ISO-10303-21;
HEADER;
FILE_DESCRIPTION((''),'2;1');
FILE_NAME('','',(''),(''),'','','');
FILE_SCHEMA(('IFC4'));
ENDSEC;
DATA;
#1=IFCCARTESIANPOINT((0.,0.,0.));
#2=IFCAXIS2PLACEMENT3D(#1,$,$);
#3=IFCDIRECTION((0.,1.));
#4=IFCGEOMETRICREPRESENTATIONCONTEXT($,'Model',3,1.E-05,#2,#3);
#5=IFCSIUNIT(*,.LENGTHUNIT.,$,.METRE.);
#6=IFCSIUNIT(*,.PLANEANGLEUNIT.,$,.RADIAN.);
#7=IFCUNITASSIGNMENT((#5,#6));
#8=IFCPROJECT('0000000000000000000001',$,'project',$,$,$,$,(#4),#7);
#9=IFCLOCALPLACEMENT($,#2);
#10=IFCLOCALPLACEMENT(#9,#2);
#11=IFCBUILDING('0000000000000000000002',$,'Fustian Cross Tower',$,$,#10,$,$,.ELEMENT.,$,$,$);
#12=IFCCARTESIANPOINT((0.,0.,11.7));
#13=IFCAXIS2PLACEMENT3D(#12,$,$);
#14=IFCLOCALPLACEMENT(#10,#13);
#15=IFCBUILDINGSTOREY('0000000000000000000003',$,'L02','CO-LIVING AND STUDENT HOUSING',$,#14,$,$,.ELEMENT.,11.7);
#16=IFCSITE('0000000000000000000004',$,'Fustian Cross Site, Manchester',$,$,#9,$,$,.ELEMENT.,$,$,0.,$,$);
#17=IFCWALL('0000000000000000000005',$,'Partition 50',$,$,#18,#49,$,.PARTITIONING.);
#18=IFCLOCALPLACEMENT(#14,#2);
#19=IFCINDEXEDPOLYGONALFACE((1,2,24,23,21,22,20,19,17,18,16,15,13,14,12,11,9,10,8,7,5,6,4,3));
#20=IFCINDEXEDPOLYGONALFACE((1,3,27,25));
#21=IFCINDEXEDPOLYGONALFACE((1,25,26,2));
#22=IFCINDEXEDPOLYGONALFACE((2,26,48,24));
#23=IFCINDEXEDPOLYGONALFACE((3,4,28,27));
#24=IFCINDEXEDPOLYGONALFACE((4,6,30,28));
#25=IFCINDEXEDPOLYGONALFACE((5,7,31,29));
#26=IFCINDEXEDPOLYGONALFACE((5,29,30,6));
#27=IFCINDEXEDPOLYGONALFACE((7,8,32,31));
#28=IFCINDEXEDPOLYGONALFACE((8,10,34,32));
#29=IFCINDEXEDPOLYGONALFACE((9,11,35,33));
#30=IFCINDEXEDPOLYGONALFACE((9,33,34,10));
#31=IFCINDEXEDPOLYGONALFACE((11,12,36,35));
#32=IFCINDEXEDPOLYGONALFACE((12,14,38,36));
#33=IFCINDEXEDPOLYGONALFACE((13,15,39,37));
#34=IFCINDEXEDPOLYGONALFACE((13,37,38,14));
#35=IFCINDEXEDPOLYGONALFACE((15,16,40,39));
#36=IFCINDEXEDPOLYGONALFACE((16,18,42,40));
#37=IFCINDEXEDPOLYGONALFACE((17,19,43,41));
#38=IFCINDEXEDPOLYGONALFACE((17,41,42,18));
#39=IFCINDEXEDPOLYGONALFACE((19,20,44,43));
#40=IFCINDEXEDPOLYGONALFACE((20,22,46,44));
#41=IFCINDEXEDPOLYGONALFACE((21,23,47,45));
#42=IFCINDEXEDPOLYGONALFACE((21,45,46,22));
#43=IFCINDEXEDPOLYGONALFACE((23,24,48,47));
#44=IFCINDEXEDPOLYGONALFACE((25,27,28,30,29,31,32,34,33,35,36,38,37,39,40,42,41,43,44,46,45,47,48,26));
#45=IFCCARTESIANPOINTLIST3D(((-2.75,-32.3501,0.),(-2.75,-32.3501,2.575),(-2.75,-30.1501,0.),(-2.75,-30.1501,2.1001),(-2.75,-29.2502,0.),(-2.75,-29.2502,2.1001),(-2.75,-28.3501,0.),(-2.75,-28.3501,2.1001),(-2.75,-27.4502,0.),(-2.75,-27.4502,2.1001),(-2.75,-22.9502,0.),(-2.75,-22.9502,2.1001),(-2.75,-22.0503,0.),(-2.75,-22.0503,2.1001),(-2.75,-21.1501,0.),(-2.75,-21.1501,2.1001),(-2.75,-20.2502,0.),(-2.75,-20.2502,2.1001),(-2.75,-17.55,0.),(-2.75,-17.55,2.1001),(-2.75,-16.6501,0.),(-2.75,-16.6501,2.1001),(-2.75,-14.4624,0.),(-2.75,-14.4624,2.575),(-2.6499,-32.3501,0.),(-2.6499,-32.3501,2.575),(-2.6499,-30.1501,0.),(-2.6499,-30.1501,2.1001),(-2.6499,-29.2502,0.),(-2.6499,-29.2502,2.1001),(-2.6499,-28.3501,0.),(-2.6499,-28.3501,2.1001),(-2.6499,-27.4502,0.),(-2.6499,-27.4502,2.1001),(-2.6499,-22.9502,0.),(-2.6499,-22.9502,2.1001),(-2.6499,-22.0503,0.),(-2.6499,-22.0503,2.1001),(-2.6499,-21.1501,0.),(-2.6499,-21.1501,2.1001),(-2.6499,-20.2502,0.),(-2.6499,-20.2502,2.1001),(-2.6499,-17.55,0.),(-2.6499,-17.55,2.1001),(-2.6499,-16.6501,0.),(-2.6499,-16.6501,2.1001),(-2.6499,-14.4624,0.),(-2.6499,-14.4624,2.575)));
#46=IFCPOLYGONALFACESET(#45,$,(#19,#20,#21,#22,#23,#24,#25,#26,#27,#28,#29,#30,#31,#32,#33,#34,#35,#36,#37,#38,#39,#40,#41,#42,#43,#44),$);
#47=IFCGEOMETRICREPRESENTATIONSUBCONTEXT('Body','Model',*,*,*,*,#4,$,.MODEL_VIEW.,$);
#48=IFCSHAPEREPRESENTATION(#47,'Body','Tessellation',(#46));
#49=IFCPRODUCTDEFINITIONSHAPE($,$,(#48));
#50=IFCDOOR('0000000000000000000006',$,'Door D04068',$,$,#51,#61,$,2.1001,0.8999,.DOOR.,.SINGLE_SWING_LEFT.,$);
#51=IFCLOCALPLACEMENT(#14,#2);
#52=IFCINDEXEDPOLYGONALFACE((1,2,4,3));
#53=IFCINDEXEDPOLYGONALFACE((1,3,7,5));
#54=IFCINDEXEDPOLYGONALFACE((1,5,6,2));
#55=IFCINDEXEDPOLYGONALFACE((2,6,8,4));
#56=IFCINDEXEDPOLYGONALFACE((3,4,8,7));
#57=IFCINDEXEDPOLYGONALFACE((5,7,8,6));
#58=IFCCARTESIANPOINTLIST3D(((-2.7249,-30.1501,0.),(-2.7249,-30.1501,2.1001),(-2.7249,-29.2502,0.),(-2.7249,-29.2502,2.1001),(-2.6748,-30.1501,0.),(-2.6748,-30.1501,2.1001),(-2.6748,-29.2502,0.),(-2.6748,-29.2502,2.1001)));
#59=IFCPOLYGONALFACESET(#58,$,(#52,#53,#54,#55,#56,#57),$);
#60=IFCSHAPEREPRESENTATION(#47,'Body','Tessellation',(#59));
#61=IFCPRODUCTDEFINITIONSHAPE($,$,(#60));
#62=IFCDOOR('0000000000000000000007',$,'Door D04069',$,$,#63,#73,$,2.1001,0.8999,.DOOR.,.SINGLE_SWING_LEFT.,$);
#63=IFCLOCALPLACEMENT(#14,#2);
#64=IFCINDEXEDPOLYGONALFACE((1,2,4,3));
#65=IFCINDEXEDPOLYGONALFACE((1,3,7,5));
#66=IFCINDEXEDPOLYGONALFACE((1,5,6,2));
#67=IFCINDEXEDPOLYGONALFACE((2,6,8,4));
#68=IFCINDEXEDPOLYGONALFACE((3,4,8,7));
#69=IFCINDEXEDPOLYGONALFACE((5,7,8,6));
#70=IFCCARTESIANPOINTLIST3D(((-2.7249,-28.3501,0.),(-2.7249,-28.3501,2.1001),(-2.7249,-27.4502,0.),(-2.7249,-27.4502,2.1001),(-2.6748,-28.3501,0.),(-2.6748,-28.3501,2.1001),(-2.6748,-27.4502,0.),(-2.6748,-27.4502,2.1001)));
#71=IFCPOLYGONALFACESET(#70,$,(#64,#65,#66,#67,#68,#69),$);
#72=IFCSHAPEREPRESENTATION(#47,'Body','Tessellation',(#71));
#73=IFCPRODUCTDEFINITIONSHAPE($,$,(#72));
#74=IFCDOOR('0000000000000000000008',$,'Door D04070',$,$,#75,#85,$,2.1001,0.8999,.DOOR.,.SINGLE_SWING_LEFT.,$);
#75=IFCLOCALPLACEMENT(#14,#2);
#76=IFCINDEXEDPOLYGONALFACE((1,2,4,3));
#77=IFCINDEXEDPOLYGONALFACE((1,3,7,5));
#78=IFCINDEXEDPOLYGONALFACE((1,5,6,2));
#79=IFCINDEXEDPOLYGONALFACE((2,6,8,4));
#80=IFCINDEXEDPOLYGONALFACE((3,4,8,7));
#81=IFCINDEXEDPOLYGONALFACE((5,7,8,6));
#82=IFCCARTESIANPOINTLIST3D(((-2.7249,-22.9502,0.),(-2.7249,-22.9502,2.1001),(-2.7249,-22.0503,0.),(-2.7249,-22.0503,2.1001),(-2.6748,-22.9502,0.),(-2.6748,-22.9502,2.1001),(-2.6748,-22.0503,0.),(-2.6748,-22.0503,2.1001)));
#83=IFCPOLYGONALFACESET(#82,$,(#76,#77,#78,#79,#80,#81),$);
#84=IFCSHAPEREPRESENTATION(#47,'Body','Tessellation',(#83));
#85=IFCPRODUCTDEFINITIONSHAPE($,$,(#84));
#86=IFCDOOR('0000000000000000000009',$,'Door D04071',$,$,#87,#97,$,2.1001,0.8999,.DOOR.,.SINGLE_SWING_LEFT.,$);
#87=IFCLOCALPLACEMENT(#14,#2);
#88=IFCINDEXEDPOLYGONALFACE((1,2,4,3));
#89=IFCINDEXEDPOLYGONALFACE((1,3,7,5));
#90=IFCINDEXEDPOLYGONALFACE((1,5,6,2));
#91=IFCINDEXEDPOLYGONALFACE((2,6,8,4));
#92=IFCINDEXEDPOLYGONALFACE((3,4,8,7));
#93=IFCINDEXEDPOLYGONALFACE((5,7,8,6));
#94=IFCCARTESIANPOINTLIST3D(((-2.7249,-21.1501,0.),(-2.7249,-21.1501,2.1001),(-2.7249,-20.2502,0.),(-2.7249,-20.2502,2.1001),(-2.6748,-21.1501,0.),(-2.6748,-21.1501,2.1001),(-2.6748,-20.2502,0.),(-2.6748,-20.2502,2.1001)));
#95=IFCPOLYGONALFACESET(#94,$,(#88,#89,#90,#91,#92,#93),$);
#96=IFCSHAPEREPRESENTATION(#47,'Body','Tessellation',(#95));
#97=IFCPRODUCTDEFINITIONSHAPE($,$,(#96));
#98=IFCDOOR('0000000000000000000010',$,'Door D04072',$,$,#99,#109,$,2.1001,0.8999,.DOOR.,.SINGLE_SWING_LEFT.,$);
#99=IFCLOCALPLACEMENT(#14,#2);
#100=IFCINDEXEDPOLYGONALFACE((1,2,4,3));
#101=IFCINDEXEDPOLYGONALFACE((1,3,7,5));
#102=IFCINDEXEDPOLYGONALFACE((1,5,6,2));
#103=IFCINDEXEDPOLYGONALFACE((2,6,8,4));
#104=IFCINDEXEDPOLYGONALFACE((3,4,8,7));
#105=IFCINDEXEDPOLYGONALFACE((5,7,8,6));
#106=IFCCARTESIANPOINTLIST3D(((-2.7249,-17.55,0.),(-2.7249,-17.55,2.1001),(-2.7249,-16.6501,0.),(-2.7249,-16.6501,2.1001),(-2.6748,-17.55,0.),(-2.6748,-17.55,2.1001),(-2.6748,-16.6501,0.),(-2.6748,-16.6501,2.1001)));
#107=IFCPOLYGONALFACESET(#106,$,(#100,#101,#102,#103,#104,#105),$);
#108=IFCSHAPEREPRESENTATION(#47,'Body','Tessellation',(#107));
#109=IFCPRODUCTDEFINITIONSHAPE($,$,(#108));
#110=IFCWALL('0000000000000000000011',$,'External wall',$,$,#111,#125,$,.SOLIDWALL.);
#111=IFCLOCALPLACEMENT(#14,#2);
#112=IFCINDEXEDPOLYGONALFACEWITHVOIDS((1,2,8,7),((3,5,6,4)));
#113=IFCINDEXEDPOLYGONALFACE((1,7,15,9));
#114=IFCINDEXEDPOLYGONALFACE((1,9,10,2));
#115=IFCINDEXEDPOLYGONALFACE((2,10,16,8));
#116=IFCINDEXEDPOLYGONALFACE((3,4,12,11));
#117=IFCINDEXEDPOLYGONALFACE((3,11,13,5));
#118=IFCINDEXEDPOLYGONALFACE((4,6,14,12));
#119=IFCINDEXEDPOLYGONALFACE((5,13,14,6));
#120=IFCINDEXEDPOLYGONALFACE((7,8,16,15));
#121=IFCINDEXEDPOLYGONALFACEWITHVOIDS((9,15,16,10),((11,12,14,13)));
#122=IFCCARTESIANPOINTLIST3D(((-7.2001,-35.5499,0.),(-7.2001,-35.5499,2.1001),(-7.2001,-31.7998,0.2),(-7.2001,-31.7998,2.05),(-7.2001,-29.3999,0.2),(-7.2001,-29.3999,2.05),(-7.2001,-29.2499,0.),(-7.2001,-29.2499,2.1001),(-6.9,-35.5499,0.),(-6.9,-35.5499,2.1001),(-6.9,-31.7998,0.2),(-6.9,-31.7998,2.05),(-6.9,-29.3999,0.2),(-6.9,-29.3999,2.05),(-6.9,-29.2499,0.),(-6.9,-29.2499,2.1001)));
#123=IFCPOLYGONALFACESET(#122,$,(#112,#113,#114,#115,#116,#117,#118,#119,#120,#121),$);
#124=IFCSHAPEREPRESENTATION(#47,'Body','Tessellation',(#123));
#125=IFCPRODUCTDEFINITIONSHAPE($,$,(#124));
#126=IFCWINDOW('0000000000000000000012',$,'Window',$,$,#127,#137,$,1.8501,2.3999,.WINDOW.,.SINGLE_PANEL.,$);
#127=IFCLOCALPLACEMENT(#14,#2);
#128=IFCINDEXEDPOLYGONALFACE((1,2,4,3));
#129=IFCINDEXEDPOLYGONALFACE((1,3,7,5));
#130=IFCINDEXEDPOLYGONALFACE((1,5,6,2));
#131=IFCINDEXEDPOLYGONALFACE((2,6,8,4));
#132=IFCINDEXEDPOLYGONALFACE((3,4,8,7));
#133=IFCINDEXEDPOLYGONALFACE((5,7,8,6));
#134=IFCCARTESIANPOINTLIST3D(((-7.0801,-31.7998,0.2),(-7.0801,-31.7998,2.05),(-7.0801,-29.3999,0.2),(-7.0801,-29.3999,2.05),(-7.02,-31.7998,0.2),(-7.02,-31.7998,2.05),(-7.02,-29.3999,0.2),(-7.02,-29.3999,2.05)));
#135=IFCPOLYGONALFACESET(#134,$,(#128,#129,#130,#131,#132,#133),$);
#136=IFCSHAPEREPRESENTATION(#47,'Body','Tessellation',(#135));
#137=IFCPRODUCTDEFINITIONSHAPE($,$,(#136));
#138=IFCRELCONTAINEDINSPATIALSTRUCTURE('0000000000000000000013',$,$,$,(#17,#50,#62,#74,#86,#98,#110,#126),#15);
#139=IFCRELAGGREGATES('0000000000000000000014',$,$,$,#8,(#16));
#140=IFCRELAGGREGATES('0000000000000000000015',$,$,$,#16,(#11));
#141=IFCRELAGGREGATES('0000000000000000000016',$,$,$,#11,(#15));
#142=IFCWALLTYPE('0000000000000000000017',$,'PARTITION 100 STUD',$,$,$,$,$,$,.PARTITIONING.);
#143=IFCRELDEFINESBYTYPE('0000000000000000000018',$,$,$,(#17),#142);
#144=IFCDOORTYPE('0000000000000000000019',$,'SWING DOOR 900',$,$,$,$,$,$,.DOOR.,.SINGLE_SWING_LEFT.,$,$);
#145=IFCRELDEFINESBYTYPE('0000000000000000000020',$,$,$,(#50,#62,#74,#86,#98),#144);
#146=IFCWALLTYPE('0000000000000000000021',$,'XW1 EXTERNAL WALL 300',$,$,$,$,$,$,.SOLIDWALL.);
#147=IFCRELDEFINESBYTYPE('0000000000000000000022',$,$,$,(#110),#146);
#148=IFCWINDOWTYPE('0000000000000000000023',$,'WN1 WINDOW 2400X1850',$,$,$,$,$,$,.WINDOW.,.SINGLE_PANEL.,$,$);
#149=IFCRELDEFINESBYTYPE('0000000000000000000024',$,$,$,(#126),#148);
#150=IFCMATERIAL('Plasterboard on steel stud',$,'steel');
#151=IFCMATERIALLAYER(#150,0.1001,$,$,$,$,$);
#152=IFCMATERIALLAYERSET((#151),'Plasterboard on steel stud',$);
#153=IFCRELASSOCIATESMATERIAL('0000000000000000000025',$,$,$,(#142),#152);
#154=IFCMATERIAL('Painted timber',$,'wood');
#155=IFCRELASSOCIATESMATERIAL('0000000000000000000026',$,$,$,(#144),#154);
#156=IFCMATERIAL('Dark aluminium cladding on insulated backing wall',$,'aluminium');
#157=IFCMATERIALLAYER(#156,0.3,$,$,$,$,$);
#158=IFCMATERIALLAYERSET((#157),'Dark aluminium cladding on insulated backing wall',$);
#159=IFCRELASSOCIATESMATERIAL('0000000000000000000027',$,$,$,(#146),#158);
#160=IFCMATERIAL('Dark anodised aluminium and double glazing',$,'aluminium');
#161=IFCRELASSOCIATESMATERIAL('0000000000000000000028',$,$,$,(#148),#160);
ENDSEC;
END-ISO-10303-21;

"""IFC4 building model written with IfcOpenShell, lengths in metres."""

from ifc_helpers import new_model, si_unit, direction, frame, frame_2d, origin, place, context, subcontext, project, spatial, rectangle, extrude, material, layer, layer_set, type_object, element, fill, save


model = new_model("IFC4")

# Units and contexts
model_context = context("Model", 3, precision=1e-05, world=origin(), true_north=direction((0.0, 1.0)))
body_context = subcontext(model_context, "Body", "Model", "MODEL_VIEW")
ifc_project = project(units=[si_unit("LENGTHUNIT", "METRE"), si_unit("PLANEANGLEUNIT", "RADIAN")], contexts=[model_context])

# Site, building, storey
site_placement = place(None, origin())
site = spatial("IfcSite", under=ifc_project, at=site_placement, Name="Fustian Cross Site, Manchester", CompositionType="ELEMENT", RefElevation=0.0)
building_placement = place(site_placement, origin())
building = spatial("IfcBuilding", under=site, at=building_placement, Name="Fustian Cross Tower", CompositionType="ELEMENT")
storey_placement = place(building_placement, frame((0.0, 0.0, 11.7)))
storey = spatial("IfcBuildingStorey", under=building, at=storey_placement, Name="L02", Description="CO-LIVING AND STUDENT HOUSING", CompositionType="ELEMENT", Elevation=11.7)

# Shared definitions
ifc_material_1 = material(Name="Plasterboard on steel stud", Category="steel")
ifc_layer_1 = layer(ifc_material_1, 0.1001)
ifc_layer_set_1 = layer_set([ifc_layer_1], Name="Plasterboard on steel stud")
wall_type_1 = type_object("IfcWallType", Name="PARTITION 100 STUD", PredefinedType="PARTITIONING", material=ifc_layer_set_1)

# Shared definitions
ifc_material_2 = material(Name="Painted timber", Category="wood")
door_type_1 = type_object("IfcDoorType", Name="SWING DOOR 900", OperationType="SINGLE_SWING_LEFT", PredefinedType="DOOR", material=ifc_material_2)

# Wall, openings, doors
wall_1_placement = place(storey_placement, frame((-2.7, -32.3501, 0.0), z_axis=(0.0, 0.0, 1.0), x_axis=(0.0, 1.0, 0.0)))
wall_1 = element("IfcWall", 1, at=wall_1_placement, inside=storey, type_object=wall_type_1, Name="Partition 50", PredefinedType="PARTITIONING", context=body_context, shape_type="SweptSolid", body=[
    extrude(rectangle(XDim=17.8877, YDim=0.1001, at=frame_2d((8.9438, 0.0))), origin(), (0.0, 0.0, 1.0), 2.575),
])
opening_1_placement = place(wall_1_placement, frame((2.2, 0.0, 0.0)))
opening_1 = element("IfcOpeningElement", 2, at=opening_1_placement, cuts=wall_1, PredefinedType="OPENING", context=body_context, shape_type="SweptSolid", body=[
    extrude(rectangle(XDim=0.8999, YDim=2.1001, at=frame_2d((0.45, 1.05))), frame((0.0, 0.0601, 0.0), z_axis=(0.0, -1.0, 0.0), x_axis=(1.0, 0.0, 0.0)), (0.0, 0.0, 1.0), 0.1201),
])
opening_2_placement = place(wall_1_placement, frame((4.0, 0.0, 0.0)))
opening_2 = element("IfcOpeningElement", 3, at=opening_2_placement, cuts=wall_1, PredefinedType="OPENING", context=body_context, shape_type="SweptSolid", body=[
    extrude(rectangle(XDim=0.8999, YDim=2.1001, at=frame_2d((0.45, 1.05))), frame((0.0, 0.0601, 0.0), z_axis=(0.0, -1.0, 0.0), x_axis=(1.0, 0.0, 0.0)), (0.0, 0.0, 1.0), 0.1201),
])
opening_3_placement = place(wall_1_placement, frame((9.3999, 0.0, 0.0)))
opening_3 = element("IfcOpeningElement", 4, at=opening_3_placement, cuts=wall_1, PredefinedType="OPENING", context=body_context, shape_type="SweptSolid", body=[
    extrude(rectangle(XDim=0.8999, YDim=2.1001, at=frame_2d((0.45, 1.05))), frame((0.0, 0.0601, 0.0), z_axis=(0.0, -1.0, 0.0), x_axis=(1.0, 0.0, 0.0)), (0.0, 0.0, 1.0), 0.1201),
])
opening_4_placement = place(wall_1_placement, frame((11.2, 0.0, 0.0)))
opening_4 = element("IfcOpeningElement", 5, at=opening_4_placement, cuts=wall_1, PredefinedType="OPENING", context=body_context, shape_type="SweptSolid", body=[
    extrude(rectangle(XDim=0.8999, YDim=2.1001, at=frame_2d((0.45, 1.05))), frame((0.0, 0.0601, 0.0), z_axis=(0.0, -1.0, 0.0), x_axis=(1.0, 0.0, 0.0)), (0.0, 0.0, 1.0), 0.1201),
])
opening_5_placement = place(wall_1_placement, frame((14.8, 0.0, 0.0)))
opening_5 = element("IfcOpeningElement", 6, at=opening_5_placement, cuts=wall_1, PredefinedType="OPENING", context=body_context, shape_type="SweptSolid", body=[
    extrude(rectangle(XDim=0.8999, YDim=2.1001, at=frame_2d((0.45, 1.05))), frame((0.0, 0.0601, 0.0), z_axis=(0.0, -1.0, 0.0), x_axis=(1.0, 0.0, 0.0)), (0.0, 0.0, 1.0), 0.1201),
])
door_1_placement = place(opening_1_placement, origin())
door_1 = element("IfcDoor", 7, at=door_1_placement, inside=storey, type_object=door_type_1, Name="Door D04068", OperationType="SINGLE_SWING_LEFT", OverallHeight=2.1001, OverallWidth=0.8999, PredefinedType="DOOR", context=body_context, shape_type="SweptSolid", body=[
    extrude(rectangle(XDim=0.8999, YDim=2.1001, at=frame_2d((0.45, 1.05))), frame((0.0, 0.0249, 0.0), z_axis=(0.0, -1.0, 0.0), x_axis=(1.0, 0.0, 0.0)), (0.0, 0.0, 1.0), 0.05),
])
fill(opening_1, door_1)
door_2_placement = place(opening_2_placement, origin())
door_2 = element("IfcDoor", 8, at=door_2_placement, inside=storey, type_object=door_type_1, Name="Door D04069", OperationType="SINGLE_SWING_LEFT", OverallHeight=2.1001, OverallWidth=0.8999, PredefinedType="DOOR", context=body_context, shape_type="SweptSolid", body=[
    extrude(rectangle(XDim=0.8999, YDim=2.1001, at=frame_2d((0.45, 1.05))), frame((0.0, 0.0249, 0.0), z_axis=(0.0, -1.0, 0.0), x_axis=(1.0, 0.0, 0.0)), (0.0, 0.0, 1.0), 0.05),
])
fill(opening_2, door_2)
door_3_placement = place(opening_3_placement, origin())
door_3 = element("IfcDoor", 9, at=door_3_placement, inside=storey, type_object=door_type_1, Name="Door D04070", OperationType="SINGLE_SWING_LEFT", OverallHeight=2.1001, OverallWidth=0.8999, PredefinedType="DOOR", context=body_context, shape_type="SweptSolid", body=[
    extrude(rectangle(XDim=0.8999, YDim=2.1001, at=frame_2d((0.45, 1.05))), frame((0.0, 0.0249, 0.0), z_axis=(0.0, -1.0, 0.0), x_axis=(1.0, 0.0, 0.0)), (0.0, 0.0, 1.0), 0.05),
])
fill(opening_3, door_3)
door_4_placement = place(opening_4_placement, origin())
door_4 = element("IfcDoor", 10, at=door_4_placement, inside=storey, type_object=door_type_1, Name="Door D04071", OperationType="SINGLE_SWING_LEFT", OverallHeight=2.1001, OverallWidth=0.8999, PredefinedType="DOOR", context=body_context, shape_type="SweptSolid", body=[
    extrude(rectangle(XDim=0.8999, YDim=2.1001, at=frame_2d((0.45, 1.05))), frame((0.0, 0.0249, 0.0), z_axis=(0.0, -1.0, 0.0), x_axis=(1.0, 0.0, 0.0)), (0.0, 0.0, 1.0), 0.05),
])
fill(opening_4, door_4)
door_5_placement = place(opening_5_placement, origin())
door_5 = element("IfcDoor", 11, at=door_5_placement, inside=storey, type_object=door_type_1, Name="Door D04072", OperationType="SINGLE_SWING_LEFT", OverallHeight=2.1001, OverallWidth=0.8999, PredefinedType="DOOR", context=body_context, shape_type="SweptSolid", body=[
    extrude(rectangle(XDim=0.8999, YDim=2.1001, at=frame_2d((0.45, 1.05))), frame((0.0, 0.0249, 0.0), z_axis=(0.0, -1.0, 0.0), x_axis=(1.0, 0.0, 0.0)), (0.0, 0.0, 1.0), 0.05),
])
fill(opening_5, door_5)

# Wall, opening, window
ifc_material_3 = material(Name="Dark aluminium cladding on insulated backing wall", Category="aluminium")
ifc_layer_2 = layer(ifc_material_3, 0.3)
ifc_layer_set_2 = layer_set([ifc_layer_2], Name="Dark aluminium cladding on insulated backing wall")
wall_type_2 = type_object("IfcWallType", Name="XW1 EXTERNAL WALL 300", PredefinedType="SOLIDWALL", material=ifc_layer_set_2)
wall_2_placement = place(storey_placement, frame((-7.05, -29.25, 0.0), z_axis=(0.0, 0.0, 1.0), x_axis=(0.0, -1.0, 0.0)))
wall_2 = element("IfcWall", 12, at=wall_2_placement, inside=storey, type_object=wall_type_2, Name="External wall", PredefinedType="SOLIDWALL", context=body_context, shape_type="SweptSolid", body=[
    extrude(rectangle(XDim=6.3, YDim=0.3, at=frame_2d((3.1499, 0.0))), origin(), (0.0, 0.0, 1.0), 2.1001),
])
opening_6_placement = place(wall_2_placement, frame((0.1499, 0.0, 0.2)))
opening_6 = element("IfcOpeningElement", 13, at=opening_6_placement, cuts=wall_2, PredefinedType="OPENING", context=body_context, shape_type="SweptSolid", body=[
    extrude(rectangle(XDim=2.3999, YDim=1.8501, at=frame_2d((1.2, 0.925))), frame((0.0, 0.1599, 0.0), z_axis=(0.0, -1.0, 0.0), x_axis=(1.0, 0.0, 0.0)), (0.0, 0.0, 1.0), 0.3201),
])
ifc_material_4 = material(Name="Dark anodised aluminium and double glazing", Category="aluminium")
window_type_1 = type_object("IfcWindowType", Name="WN1 WINDOW 2400X1850", PartitioningType="SINGLE_PANEL", PredefinedType="WINDOW", material=ifc_material_4)
window_1_placement = place(opening_6_placement, origin())
window_1 = element("IfcWindow", 14, at=window_1_placement, inside=storey, type_object=window_type_1, Name="Window", OverallHeight=1.8501, OverallWidth=2.3999, PartitioningType="SINGLE_PANEL", PredefinedType="WINDOW", context=body_context, shape_type="SweptSolid", body=[
    extrude(rectangle(XDim=2.3999, YDim=1.8501, at=frame_2d((1.2, 0.925))), frame((0.0, 0.03, 0.0), z_axis=(0.0, -1.0, 0.0), x_axis=(1.0, 0.0, 0.0)), (0.0, 0.0, 1.0), 0.0601),
])
fill(opening_6, window_1)

save(model, "model.ifc")
